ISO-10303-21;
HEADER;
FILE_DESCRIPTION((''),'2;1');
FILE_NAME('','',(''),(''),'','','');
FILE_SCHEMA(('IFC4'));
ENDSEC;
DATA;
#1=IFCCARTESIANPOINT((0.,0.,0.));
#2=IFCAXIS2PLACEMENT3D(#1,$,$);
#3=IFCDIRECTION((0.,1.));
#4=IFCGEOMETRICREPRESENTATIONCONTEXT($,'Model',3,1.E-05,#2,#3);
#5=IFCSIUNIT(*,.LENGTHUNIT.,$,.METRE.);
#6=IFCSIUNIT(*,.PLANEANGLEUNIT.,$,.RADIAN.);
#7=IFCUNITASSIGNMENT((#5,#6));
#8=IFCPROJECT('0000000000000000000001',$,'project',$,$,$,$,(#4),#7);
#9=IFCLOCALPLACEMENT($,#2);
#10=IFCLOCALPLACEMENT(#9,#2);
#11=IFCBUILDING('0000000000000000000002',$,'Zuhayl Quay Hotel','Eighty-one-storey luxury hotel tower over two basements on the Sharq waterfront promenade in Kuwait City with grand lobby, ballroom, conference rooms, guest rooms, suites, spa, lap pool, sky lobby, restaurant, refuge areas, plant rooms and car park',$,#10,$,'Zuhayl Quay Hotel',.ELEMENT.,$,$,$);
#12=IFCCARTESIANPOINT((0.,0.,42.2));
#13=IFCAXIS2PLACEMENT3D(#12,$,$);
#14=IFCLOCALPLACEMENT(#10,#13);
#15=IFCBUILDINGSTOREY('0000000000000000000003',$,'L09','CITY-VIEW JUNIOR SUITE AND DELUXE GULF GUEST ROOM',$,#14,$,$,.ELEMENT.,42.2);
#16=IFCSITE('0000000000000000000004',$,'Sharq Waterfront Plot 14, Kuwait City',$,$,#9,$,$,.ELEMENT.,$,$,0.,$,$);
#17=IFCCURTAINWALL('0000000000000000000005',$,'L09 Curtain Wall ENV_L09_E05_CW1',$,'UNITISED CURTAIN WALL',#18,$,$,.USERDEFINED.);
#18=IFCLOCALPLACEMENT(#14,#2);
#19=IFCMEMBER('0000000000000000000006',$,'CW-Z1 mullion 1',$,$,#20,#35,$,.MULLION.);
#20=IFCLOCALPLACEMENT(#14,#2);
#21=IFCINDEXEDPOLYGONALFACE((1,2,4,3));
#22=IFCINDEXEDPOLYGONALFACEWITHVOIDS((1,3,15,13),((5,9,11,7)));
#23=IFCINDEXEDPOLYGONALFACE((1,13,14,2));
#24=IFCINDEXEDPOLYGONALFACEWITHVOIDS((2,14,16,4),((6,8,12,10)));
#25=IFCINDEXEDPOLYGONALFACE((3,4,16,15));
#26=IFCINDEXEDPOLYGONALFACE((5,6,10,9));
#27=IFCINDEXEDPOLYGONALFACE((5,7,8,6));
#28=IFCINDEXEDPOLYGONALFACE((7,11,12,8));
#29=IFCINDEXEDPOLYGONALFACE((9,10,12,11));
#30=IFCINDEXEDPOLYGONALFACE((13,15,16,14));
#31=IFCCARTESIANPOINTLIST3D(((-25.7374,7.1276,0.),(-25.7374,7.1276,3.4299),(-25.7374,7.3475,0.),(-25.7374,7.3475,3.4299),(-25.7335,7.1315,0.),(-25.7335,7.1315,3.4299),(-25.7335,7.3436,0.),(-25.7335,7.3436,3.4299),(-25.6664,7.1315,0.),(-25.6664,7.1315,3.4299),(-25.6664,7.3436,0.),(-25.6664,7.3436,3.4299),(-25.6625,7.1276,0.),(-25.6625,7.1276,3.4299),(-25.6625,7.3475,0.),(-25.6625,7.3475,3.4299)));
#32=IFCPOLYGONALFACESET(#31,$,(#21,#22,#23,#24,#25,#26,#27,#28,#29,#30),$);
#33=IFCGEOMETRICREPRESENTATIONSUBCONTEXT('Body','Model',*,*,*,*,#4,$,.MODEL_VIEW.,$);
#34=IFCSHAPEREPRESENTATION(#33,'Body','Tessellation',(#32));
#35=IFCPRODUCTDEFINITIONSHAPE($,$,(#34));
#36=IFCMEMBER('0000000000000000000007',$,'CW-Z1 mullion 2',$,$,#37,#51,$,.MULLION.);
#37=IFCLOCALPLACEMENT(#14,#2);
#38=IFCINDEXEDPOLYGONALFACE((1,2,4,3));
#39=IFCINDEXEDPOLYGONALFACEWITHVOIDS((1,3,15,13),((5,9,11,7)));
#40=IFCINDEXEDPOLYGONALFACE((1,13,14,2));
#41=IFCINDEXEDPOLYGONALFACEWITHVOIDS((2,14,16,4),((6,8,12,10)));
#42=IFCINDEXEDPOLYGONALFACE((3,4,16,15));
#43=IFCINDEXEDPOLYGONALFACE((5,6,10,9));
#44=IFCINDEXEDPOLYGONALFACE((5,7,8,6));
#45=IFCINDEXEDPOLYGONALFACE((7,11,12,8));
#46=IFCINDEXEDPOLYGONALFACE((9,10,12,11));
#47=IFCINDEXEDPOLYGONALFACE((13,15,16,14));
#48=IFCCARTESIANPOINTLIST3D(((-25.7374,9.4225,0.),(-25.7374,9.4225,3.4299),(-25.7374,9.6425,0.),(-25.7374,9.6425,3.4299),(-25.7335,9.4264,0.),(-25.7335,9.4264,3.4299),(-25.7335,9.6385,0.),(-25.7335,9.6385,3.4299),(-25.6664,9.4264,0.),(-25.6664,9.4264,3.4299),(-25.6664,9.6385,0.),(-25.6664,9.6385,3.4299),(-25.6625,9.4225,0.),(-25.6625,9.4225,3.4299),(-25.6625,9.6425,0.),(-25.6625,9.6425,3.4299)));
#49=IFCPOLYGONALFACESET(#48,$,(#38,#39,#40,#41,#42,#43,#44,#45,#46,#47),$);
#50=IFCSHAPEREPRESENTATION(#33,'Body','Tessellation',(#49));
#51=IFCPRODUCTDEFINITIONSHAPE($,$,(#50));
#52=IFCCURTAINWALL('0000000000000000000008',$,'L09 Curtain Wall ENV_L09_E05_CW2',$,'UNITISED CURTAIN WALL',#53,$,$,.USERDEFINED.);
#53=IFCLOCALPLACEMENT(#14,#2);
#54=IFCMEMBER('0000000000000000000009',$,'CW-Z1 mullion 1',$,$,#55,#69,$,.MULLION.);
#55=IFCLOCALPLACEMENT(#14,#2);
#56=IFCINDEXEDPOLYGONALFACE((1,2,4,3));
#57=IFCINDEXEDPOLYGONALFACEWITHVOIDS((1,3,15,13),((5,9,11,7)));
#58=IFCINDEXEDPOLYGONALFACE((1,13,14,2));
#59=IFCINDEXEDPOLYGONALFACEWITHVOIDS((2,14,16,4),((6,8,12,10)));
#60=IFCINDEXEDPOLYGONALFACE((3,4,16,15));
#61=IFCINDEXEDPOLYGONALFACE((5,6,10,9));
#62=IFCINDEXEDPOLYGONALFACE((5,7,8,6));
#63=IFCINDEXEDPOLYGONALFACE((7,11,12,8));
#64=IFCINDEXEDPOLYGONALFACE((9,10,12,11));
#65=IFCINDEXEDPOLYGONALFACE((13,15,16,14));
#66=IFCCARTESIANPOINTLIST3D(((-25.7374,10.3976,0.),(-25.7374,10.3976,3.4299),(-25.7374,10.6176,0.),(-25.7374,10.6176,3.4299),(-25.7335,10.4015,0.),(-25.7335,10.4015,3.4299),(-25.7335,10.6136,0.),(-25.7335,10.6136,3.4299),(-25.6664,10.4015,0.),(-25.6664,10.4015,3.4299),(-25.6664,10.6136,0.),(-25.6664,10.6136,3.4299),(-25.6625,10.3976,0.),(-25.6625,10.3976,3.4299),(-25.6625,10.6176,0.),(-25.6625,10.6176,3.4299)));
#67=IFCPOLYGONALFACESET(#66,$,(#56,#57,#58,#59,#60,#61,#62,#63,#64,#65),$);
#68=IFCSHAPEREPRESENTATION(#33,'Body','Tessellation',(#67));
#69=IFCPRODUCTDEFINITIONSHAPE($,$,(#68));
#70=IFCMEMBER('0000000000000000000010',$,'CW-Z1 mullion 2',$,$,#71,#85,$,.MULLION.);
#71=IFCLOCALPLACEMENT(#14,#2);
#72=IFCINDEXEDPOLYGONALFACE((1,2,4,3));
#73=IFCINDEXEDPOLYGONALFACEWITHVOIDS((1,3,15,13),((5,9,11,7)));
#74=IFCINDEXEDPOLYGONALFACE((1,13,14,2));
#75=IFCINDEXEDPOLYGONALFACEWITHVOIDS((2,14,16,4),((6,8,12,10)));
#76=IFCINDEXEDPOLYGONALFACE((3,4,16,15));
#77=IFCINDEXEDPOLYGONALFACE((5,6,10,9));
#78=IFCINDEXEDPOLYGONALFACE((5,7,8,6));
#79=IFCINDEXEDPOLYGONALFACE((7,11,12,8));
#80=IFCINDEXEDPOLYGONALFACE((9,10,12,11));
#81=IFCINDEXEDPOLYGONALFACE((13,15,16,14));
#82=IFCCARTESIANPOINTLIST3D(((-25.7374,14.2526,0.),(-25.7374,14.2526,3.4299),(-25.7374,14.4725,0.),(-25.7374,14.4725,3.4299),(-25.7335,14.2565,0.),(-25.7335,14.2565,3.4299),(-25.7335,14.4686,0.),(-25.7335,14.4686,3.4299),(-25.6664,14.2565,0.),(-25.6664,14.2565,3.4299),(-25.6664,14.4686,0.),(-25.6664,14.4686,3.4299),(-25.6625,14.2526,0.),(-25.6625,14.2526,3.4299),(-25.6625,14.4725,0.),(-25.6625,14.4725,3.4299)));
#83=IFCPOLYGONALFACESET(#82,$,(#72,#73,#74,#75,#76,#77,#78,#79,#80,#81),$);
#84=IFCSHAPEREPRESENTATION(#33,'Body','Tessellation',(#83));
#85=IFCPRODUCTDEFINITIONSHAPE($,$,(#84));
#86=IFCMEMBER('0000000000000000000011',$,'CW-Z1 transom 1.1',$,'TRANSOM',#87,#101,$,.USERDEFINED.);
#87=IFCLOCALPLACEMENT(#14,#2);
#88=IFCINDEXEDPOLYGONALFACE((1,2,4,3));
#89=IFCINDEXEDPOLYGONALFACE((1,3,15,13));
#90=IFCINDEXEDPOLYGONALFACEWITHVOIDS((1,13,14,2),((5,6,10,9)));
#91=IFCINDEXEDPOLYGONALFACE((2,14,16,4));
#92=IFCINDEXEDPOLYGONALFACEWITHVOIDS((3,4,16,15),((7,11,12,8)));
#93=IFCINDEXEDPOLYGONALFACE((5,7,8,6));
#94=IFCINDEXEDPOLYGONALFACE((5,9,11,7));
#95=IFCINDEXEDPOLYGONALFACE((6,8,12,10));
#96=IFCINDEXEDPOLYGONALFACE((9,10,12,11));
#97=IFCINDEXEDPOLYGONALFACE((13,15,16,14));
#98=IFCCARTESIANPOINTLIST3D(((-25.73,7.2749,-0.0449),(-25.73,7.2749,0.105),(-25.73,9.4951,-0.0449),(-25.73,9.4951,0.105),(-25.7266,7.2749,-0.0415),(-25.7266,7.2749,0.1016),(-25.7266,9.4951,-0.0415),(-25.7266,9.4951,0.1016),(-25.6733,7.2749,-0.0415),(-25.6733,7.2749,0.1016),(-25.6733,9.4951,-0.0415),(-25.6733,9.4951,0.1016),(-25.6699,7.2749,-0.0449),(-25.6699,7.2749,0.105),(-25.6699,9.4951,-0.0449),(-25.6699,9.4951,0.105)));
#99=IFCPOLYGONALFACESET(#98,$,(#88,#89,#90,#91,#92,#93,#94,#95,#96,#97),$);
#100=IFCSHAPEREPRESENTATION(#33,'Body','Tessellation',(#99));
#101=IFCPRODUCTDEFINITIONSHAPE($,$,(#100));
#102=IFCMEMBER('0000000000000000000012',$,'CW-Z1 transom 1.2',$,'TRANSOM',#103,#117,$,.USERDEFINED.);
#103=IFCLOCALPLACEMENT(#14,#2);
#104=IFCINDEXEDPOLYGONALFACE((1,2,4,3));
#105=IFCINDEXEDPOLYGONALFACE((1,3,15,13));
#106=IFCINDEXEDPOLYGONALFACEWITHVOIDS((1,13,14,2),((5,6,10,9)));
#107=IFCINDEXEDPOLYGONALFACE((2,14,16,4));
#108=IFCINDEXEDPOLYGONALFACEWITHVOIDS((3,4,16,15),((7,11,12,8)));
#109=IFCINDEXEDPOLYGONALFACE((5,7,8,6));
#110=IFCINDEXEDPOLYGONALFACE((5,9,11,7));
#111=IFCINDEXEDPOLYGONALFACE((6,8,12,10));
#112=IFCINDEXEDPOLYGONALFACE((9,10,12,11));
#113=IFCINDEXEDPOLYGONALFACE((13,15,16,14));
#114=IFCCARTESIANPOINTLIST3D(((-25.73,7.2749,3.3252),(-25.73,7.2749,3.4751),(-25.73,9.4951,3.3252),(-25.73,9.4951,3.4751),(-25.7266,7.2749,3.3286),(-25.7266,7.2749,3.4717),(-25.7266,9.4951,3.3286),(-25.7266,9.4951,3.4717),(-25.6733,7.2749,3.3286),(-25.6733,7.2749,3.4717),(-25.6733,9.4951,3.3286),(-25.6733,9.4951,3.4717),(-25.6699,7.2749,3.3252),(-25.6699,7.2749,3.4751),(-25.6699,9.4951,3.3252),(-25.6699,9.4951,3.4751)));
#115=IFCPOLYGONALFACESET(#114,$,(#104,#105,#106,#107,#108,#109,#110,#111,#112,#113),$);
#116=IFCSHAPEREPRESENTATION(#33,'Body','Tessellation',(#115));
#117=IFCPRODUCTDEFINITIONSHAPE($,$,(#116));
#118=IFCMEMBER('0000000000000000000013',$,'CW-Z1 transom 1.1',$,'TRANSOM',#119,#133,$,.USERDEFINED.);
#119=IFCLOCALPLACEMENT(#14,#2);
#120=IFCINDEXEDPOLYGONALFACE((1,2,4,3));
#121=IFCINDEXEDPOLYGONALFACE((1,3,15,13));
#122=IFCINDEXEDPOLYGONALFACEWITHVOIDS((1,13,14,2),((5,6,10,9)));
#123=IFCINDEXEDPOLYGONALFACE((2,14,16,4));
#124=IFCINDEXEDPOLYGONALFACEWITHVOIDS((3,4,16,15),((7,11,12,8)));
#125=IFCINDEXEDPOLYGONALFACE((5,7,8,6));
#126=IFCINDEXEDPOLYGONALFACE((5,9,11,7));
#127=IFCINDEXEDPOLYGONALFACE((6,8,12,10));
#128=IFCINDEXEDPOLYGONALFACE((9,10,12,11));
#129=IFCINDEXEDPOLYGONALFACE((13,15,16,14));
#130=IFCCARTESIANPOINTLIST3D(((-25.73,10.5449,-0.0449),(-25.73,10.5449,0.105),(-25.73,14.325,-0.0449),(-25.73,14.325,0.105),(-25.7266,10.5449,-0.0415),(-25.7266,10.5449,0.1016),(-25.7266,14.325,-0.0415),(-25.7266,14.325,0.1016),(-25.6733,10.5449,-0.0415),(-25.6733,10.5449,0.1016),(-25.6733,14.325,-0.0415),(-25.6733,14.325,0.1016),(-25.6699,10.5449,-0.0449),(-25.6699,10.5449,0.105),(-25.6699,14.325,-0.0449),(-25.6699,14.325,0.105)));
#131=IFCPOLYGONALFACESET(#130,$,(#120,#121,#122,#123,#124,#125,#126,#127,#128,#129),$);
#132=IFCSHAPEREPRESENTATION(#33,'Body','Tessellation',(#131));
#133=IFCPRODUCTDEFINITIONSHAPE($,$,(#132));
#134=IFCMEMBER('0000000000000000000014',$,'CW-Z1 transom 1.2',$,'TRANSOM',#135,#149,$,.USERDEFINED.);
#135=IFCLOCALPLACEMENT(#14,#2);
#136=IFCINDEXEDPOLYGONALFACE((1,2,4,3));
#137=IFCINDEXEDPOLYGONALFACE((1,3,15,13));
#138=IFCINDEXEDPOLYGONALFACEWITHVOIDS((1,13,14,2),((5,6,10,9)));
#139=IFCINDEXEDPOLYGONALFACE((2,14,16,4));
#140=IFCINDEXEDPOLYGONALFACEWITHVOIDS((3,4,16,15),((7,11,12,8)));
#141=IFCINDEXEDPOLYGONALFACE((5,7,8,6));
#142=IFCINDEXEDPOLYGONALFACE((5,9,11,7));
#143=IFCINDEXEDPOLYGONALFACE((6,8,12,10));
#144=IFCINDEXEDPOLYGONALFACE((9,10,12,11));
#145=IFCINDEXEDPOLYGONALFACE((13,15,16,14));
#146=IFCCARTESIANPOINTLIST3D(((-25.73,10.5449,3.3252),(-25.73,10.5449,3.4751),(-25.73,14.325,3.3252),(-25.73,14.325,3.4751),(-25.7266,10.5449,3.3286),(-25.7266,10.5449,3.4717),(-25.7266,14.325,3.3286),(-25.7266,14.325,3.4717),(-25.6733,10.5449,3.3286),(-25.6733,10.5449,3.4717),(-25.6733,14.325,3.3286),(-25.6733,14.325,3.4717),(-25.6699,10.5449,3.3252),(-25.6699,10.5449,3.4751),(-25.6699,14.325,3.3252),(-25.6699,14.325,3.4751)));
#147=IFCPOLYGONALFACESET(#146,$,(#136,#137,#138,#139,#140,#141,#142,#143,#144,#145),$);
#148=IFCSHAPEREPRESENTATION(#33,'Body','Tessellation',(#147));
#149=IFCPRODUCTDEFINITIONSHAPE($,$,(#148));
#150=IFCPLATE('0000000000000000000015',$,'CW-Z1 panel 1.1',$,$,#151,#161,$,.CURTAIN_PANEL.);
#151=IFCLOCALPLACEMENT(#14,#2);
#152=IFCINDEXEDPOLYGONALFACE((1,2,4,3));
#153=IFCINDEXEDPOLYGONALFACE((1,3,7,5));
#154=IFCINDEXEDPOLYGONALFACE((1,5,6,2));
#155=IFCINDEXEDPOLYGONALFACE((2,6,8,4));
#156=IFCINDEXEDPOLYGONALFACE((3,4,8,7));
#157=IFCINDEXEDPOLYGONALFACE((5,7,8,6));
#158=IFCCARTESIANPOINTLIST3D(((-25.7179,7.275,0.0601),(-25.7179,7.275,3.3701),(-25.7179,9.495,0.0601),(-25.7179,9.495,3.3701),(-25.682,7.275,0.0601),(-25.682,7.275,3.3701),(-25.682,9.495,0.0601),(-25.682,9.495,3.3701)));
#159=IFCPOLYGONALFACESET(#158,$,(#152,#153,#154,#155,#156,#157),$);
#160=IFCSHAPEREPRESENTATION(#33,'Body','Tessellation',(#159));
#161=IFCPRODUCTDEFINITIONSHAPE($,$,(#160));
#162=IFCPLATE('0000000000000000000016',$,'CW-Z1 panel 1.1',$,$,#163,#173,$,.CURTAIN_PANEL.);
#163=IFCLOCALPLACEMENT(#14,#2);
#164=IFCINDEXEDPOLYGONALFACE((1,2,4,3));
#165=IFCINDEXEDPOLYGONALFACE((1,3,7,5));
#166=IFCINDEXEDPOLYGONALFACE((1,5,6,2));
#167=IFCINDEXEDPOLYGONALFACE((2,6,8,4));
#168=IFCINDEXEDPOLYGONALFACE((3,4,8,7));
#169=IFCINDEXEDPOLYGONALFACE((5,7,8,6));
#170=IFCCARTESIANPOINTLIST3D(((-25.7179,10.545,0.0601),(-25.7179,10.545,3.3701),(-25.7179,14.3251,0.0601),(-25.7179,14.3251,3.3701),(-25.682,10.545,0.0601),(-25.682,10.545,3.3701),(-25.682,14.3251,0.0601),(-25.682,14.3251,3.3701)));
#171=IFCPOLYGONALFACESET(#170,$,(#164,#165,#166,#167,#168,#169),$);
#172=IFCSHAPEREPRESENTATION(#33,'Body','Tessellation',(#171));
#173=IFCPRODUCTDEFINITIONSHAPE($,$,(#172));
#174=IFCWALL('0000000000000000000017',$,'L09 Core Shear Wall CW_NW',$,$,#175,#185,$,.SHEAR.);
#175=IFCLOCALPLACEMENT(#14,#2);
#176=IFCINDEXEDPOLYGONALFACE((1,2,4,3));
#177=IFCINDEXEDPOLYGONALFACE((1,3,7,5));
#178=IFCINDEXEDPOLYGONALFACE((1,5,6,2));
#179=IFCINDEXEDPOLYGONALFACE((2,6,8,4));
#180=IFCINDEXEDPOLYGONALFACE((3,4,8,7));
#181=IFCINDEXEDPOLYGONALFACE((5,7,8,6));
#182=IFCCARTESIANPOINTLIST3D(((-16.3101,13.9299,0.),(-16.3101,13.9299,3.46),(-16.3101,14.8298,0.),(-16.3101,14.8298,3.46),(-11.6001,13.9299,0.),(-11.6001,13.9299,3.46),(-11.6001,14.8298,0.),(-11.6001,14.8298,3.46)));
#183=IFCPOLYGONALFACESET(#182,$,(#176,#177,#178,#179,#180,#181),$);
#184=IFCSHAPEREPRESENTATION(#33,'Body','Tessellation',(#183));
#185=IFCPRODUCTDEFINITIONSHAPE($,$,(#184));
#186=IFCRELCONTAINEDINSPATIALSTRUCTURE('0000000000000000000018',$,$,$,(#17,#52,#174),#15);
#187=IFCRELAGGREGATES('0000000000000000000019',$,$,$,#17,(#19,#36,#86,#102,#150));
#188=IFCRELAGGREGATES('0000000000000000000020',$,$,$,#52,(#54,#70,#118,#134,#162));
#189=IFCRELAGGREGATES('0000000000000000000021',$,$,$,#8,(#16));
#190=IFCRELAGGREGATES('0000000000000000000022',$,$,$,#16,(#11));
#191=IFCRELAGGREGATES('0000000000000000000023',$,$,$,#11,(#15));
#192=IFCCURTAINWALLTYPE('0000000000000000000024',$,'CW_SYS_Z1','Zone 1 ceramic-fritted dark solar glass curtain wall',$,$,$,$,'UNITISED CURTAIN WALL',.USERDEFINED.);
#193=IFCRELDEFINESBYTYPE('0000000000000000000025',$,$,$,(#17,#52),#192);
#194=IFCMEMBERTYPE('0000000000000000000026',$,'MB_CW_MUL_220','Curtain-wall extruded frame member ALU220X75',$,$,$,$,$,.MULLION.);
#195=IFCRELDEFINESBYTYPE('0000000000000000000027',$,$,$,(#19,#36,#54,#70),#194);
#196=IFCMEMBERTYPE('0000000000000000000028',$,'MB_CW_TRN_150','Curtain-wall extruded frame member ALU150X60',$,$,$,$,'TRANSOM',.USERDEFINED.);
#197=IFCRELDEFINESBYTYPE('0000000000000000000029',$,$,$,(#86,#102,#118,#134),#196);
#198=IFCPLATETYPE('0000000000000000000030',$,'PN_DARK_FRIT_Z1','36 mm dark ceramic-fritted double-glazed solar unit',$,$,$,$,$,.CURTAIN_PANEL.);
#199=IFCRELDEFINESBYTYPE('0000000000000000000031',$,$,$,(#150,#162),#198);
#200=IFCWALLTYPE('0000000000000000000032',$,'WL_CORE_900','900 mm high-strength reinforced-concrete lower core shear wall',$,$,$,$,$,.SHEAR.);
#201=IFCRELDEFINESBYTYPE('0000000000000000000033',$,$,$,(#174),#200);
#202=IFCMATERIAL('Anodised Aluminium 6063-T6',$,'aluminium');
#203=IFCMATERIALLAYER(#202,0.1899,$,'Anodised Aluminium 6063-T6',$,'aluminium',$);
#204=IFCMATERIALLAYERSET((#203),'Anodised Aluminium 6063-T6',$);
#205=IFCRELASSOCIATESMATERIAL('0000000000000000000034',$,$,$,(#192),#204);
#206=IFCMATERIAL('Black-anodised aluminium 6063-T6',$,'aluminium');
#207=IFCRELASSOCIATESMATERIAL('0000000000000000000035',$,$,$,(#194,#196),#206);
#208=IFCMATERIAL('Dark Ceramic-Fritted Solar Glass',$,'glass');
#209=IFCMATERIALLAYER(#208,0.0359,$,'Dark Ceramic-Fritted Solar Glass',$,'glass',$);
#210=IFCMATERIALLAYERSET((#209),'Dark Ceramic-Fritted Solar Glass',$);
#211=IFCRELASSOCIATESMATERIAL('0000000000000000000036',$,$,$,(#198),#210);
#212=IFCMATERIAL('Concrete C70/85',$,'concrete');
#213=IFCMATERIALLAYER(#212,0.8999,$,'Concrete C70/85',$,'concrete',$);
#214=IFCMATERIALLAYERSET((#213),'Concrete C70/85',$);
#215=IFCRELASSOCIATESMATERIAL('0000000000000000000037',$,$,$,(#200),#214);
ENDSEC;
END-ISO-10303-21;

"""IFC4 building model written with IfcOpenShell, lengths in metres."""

from ifc_helpers import new_model, si_unit, direction, frame, frame_2d, origin, origin_2d, place, context, subcontext, project, spatial, rectangle, hollow_rectangle, extrude, material, layer, layer_set, material_profile, profile_set, type_object, element, aggregate, save


model = new_model("IFC4")

# Units and contexts
model_context = context("Model", 3, precision=1e-05, world=origin(), true_north=direction((0.0, 1.0)))
body_context = subcontext(model_context, "Body", "Model", "MODEL_VIEW")
ifc_project = project(units=[si_unit("LENGTHUNIT", "METRE"), si_unit("PLANEANGLEUNIT", "RADIAN")], contexts=[model_context])

# Site, building, storey
site_placement = place(None, origin())
site = spatial("IfcSite", under=ifc_project, at=site_placement, Name="Sharq Waterfront Plot 14, Kuwait City", CompositionType="ELEMENT", RefElevation=0.0)
building_placement = place(site_placement, origin())
building = spatial("IfcBuilding", under=site, at=building_placement, Name="Zuhayl Quay Hotel", Description="Eighty-one-storey luxury hotel tower over two basements on the Sharq waterfront promenade in Kuwait City with grand lobby, ballroom, conference rooms, guest rooms, suites, spa, lap pool, sky lobby, restaurant, refuge areas, plant rooms and car park", LongName="Zuhayl Quay Hotel", CompositionType="ELEMENT")
storey_placement = place(building_placement, frame((0.0, 0.0, 42.2)))
storey = spatial("IfcBuildingStorey", under=building, at=storey_placement, Name="L09", Description="CITY-VIEW JUNIOR SUITE AND DELUXE GULF GUEST ROOM", CompositionType="ELEMENT", Elevation=42.2)

# Curtain walls, members
ifc_material_1 = material(Name="Anodised Aluminium 6063-T6", Category="aluminium")
ifc_layer_1 = layer(ifc_material_1, 0.1899, Name="Anodised Aluminium 6063-T6", Category="aluminium")
ifc_layer_set_1 = layer_set([ifc_layer_1], Name="Anodised Aluminium 6063-T6")
curtain_wall_type = type_object("IfcCurtainWallType", Name="CW_SYS_Z1", Description="Zone 1 ceramic-fritted dark solar glass curtain wall", ElementType="UNITISED CURTAIN WALL", PredefinedType="USERDEFINED", material=ifc_layer_set_1)
curtain_wall_1_placement = place(storey_placement, origin())
curtain_wall_1 = element("IfcCurtainWall", 1, at=curtain_wall_1_placement, inside=storey, type_object=curtain_wall_type, Name="L09 Curtain Wall ENV_L09_E05_CW1", ObjectType="UNITISED CURTAIN WALL", PredefinedType="USERDEFINED")
ifc_material_2 = material(Name="Black-anodised aluminium 6063-T6", Category="aluminium")
ifc_material_profile_1 = material_profile(ifc_material_2, hollow_rectangle(XDim=0.075, YDim=0.22, WallThickness=0.0039, at=origin_2d()), Name="ALU220X75")
ifc_profile_set_1 = profile_set([ifc_material_profile_1], Name="Black-anodised aluminium 6063-T6")
member_type_1 = type_object("IfcMemberType", Name="MB_CW_MUL_220", Description="Curtain-wall extruded frame member ALU220X75", PredefinedType="MULLION", material=ifc_profile_set_1)
member_1_placement = place(storey_placement, frame((-25.7, 7.2375, 0.0), z_axis=(0.0, 0.0, 1.0), x_axis=(-1.0, 0.0, 0.0)))
member_1 = element("IfcMember", 2, at=member_1_placement, type_object=member_type_1, Name="CW-Z1 mullion 1", PredefinedType="MULLION", context=body_context, shape_type="SweptSolid", body=[
    extrude(hollow_rectangle(XDim=0.075, YDim=0.22, WallThickness=0.0039, at=origin_2d()), origin(), (0.0, 0.0, 1.0), 3.4299),
])
member_2_placement = place(storey_placement, frame((-25.7, 9.5325, 0.0), z_axis=(0.0, 0.0, 1.0), x_axis=(-1.0, 0.0, 0.0)))
member_2 = element("IfcMember", 3, at=member_2_placement, type_object=member_type_1, Name="CW-Z1 mullion 2", PredefinedType="MULLION", context=body_context, shape_type="SweptSolid", body=[
    extrude(hollow_rectangle(XDim=0.075, YDim=0.22, WallThickness=0.0039, at=origin_2d()), origin(), (0.0, 0.0, 1.0), 3.4299),
])
curtain_wall_2_placement = place(storey_placement, origin())
curtain_wall_2 = element("IfcCurtainWall", 4, at=curtain_wall_2_placement, inside=storey, type_object=curtain_wall_type, Name="L09 Curtain Wall ENV_L09_E05_CW2", ObjectType="UNITISED CURTAIN WALL", PredefinedType="USERDEFINED")
member_3_placement = place(storey_placement, frame((-25.7, 10.5076, 0.0), z_axis=(0.0, 0.0, 1.0), x_axis=(-1.0, 0.0, 0.0)))
member_3 = element("IfcMember", 5, at=member_3_placement, type_object=member_type_1, Name="CW-Z1 mullion 1", PredefinedType="MULLION", context=body_context, shape_type="SweptSolid", body=[
    extrude(hollow_rectangle(XDim=0.075, YDim=0.22, WallThickness=0.0039, at=origin_2d()), origin(), (0.0, 0.0, 1.0), 3.4299),
])
member_4_placement = place(storey_placement, frame((-25.7, 14.3625, 0.0), z_axis=(0.0, 0.0, 1.0), x_axis=(-1.0, 0.0, 0.0)))
member_4 = element("IfcMember", 6, at=member_4_placement, type_object=member_type_1, Name="CW-Z1 mullion 2", PredefinedType="MULLION", context=body_context, shape_type="SweptSolid", body=[
    extrude(hollow_rectangle(XDim=0.075, YDim=0.22, WallThickness=0.0039, at=origin_2d()), origin(), (0.0, 0.0, 1.0), 3.4299),
])

# Members
ifc_material_profile_2 = material_profile(ifc_material_2, hollow_rectangle(XDim=0.0601, YDim=0.1499, WallThickness=0.0034, at=origin_2d()), Name="ALU150X60")
ifc_profile_set_2 = profile_set([ifc_material_profile_2], Name="Black-anodised aluminium 6063-T6")
member_type_2 = type_object("IfcMemberType", Name="MB_CW_TRN_150", Description="Curtain-wall extruded frame member ALU150X60", ElementType="TRANSOM", PredefinedType="USERDEFINED", material=ifc_profile_set_2)
member_5_placement = place(storey_placement, frame((-25.7, 7.2749, 0.03), z_axis=(0.0, 1.0, 0.0), x_axis=(-1.0, 0.0, 0.0)))
member_5 = element("IfcMember", 7, at=member_5_placement, type_object=member_type_2, Name="CW-Z1 transom 1.1", ObjectType="TRANSOM", PredefinedType="USERDEFINED", context=body_context, shape_type="SweptSolid", body=[
    extrude(hollow_rectangle(XDim=0.0601, YDim=0.1499, WallThickness=0.0034, at=origin_2d()), origin(), (0.0, 0.0, 1.0), 2.2202),
])
member_6_placement = place(storey_placement, frame((-25.7, 7.2749, 3.4001), z_axis=(0.0, 1.0, 0.0), x_axis=(-1.0, 0.0, 0.0)))
member_6 = element("IfcMember", 8, at=member_6_placement, type_object=member_type_2, Name="CW-Z1 transom 1.2", ObjectType="TRANSOM", PredefinedType="USERDEFINED", context=body_context, shape_type="SweptSolid", body=[
    extrude(hollow_rectangle(XDim=0.0601, YDim=0.1499, WallThickness=0.0034, at=origin_2d()), origin(), (0.0, 0.0, 1.0), 2.2202),
])
member_7_placement = place(storey_placement, frame((-25.7, 10.5449, 0.03), z_axis=(0.0, 1.0, 0.0), x_axis=(-1.0, 0.0, 0.0)))
member_7 = element("IfcMember", 9, at=member_7_placement, type_object=member_type_2, Name="CW-Z1 transom 1.1", ObjectType="TRANSOM", PredefinedType="USERDEFINED", context=body_context, shape_type="SweptSolid", body=[
    extrude(hollow_rectangle(XDim=0.0601, YDim=0.1499, WallThickness=0.0034, at=origin_2d()), origin(), (0.0, 0.0, 1.0), 3.78),
])
member_8_placement = place(storey_placement, frame((-25.7, 10.5449, 3.4001), z_axis=(0.0, 1.0, 0.0), x_axis=(-1.0, 0.0, 0.0)))
member_8 = element("IfcMember", 10, at=member_8_placement, type_object=member_type_2, Name="CW-Z1 transom 1.2", ObjectType="TRANSOM", PredefinedType="USERDEFINED", context=body_context, shape_type="SweptSolid", body=[
    extrude(hollow_rectangle(XDim=0.0601, YDim=0.1499, WallThickness=0.0034, at=origin_2d()), origin(), (0.0, 0.0, 1.0), 3.78),
])

# Plates
ifc_material_3 = material(Name="Dark Ceramic-Fritted Solar Glass", Category="glass")
ifc_layer_2 = layer(ifc_material_3, 0.0359, Name="Dark Ceramic-Fritted Solar Glass", Category="glass")
ifc_layer_set_2 = layer_set([ifc_layer_2], Name="Dark Ceramic-Fritted Solar Glass")
plate_type = type_object("IfcPlateType", Name="PN_DARK_FRIT_Z1", Description="36 mm dark ceramic-fritted double-glazed solar unit", PredefinedType="CURTAIN_PANEL", material=ifc_layer_set_2)
plate_1_placement = place(storey_placement, frame((-25.7, 8.385, 0.0601), z_axis=(0.0, 0.0, 1.0), x_axis=(0.0, 1.0, 0.0)))
plate_1 = element("IfcPlate", 11, at=plate_1_placement, type_object=plate_type, Name="CW-Z1 panel 1.1", PredefinedType="CURTAIN_PANEL", context=body_context, shape_type="SweptSolid", body=[
    extrude(rectangle(XDim=2.22, YDim=0.0359, at=origin_2d()), origin(), (0.0, 0.0, 1.0), 3.3101),
])
aggregate(curtain_wall_1, [member_1, member_2, member_5, member_6, plate_1])
plate_2_placement = place(storey_placement, frame((-25.7, 12.4351, 0.0601), z_axis=(0.0, 0.0, 1.0), x_axis=(0.0, 1.0, 0.0)))
plate_2 = element("IfcPlate", 12, at=plate_2_placement, type_object=plate_type, Name="CW-Z1 panel 1.1", PredefinedType="CURTAIN_PANEL", context=body_context, shape_type="SweptSolid", body=[
    extrude(rectangle(XDim=3.78, YDim=0.0359, at=origin_2d()), origin(), (0.0, 0.0, 1.0), 3.3101),
])
aggregate(curtain_wall_2, [member_3, member_4, member_7, member_8, plate_2])

# Wall
ifc_material_4 = material(Name="Concrete C70/85", Category="concrete")
ifc_layer_3 = layer(ifc_material_4, 0.8999, Name="Concrete C70/85", Category="concrete")
ifc_layer_set_3 = layer_set([ifc_layer_3], Name="Concrete C70/85")
wall_type_1 = type_object("IfcWallType", Name="WL_CORE_900", Description="900 mm high-strength reinforced-concrete lower core shear wall", PredefinedType="SHEAR", material=ifc_layer_set_3)
wall_1_placement = place(storey_placement, frame((-16.3101, 14.3799, 0.0), z_axis=(0.0, 0.0, 1.0), x_axis=(1.0, 0.0, 0.0)))
element("IfcWall", 13, at=wall_1_placement, inside=storey, type_object=wall_type_1, Name="L09 Core Shear Wall CW_NW", PredefinedType="SHEAR", context=body_context, shape_type="SweptSolid", body=[
    extrude(rectangle(XDim=4.71, YDim=0.8999, at=frame_2d((2.355, 0.0))), origin(), (0.0, 0.0, 1.0), 3.46),
])

save(model, "model.ifc")
